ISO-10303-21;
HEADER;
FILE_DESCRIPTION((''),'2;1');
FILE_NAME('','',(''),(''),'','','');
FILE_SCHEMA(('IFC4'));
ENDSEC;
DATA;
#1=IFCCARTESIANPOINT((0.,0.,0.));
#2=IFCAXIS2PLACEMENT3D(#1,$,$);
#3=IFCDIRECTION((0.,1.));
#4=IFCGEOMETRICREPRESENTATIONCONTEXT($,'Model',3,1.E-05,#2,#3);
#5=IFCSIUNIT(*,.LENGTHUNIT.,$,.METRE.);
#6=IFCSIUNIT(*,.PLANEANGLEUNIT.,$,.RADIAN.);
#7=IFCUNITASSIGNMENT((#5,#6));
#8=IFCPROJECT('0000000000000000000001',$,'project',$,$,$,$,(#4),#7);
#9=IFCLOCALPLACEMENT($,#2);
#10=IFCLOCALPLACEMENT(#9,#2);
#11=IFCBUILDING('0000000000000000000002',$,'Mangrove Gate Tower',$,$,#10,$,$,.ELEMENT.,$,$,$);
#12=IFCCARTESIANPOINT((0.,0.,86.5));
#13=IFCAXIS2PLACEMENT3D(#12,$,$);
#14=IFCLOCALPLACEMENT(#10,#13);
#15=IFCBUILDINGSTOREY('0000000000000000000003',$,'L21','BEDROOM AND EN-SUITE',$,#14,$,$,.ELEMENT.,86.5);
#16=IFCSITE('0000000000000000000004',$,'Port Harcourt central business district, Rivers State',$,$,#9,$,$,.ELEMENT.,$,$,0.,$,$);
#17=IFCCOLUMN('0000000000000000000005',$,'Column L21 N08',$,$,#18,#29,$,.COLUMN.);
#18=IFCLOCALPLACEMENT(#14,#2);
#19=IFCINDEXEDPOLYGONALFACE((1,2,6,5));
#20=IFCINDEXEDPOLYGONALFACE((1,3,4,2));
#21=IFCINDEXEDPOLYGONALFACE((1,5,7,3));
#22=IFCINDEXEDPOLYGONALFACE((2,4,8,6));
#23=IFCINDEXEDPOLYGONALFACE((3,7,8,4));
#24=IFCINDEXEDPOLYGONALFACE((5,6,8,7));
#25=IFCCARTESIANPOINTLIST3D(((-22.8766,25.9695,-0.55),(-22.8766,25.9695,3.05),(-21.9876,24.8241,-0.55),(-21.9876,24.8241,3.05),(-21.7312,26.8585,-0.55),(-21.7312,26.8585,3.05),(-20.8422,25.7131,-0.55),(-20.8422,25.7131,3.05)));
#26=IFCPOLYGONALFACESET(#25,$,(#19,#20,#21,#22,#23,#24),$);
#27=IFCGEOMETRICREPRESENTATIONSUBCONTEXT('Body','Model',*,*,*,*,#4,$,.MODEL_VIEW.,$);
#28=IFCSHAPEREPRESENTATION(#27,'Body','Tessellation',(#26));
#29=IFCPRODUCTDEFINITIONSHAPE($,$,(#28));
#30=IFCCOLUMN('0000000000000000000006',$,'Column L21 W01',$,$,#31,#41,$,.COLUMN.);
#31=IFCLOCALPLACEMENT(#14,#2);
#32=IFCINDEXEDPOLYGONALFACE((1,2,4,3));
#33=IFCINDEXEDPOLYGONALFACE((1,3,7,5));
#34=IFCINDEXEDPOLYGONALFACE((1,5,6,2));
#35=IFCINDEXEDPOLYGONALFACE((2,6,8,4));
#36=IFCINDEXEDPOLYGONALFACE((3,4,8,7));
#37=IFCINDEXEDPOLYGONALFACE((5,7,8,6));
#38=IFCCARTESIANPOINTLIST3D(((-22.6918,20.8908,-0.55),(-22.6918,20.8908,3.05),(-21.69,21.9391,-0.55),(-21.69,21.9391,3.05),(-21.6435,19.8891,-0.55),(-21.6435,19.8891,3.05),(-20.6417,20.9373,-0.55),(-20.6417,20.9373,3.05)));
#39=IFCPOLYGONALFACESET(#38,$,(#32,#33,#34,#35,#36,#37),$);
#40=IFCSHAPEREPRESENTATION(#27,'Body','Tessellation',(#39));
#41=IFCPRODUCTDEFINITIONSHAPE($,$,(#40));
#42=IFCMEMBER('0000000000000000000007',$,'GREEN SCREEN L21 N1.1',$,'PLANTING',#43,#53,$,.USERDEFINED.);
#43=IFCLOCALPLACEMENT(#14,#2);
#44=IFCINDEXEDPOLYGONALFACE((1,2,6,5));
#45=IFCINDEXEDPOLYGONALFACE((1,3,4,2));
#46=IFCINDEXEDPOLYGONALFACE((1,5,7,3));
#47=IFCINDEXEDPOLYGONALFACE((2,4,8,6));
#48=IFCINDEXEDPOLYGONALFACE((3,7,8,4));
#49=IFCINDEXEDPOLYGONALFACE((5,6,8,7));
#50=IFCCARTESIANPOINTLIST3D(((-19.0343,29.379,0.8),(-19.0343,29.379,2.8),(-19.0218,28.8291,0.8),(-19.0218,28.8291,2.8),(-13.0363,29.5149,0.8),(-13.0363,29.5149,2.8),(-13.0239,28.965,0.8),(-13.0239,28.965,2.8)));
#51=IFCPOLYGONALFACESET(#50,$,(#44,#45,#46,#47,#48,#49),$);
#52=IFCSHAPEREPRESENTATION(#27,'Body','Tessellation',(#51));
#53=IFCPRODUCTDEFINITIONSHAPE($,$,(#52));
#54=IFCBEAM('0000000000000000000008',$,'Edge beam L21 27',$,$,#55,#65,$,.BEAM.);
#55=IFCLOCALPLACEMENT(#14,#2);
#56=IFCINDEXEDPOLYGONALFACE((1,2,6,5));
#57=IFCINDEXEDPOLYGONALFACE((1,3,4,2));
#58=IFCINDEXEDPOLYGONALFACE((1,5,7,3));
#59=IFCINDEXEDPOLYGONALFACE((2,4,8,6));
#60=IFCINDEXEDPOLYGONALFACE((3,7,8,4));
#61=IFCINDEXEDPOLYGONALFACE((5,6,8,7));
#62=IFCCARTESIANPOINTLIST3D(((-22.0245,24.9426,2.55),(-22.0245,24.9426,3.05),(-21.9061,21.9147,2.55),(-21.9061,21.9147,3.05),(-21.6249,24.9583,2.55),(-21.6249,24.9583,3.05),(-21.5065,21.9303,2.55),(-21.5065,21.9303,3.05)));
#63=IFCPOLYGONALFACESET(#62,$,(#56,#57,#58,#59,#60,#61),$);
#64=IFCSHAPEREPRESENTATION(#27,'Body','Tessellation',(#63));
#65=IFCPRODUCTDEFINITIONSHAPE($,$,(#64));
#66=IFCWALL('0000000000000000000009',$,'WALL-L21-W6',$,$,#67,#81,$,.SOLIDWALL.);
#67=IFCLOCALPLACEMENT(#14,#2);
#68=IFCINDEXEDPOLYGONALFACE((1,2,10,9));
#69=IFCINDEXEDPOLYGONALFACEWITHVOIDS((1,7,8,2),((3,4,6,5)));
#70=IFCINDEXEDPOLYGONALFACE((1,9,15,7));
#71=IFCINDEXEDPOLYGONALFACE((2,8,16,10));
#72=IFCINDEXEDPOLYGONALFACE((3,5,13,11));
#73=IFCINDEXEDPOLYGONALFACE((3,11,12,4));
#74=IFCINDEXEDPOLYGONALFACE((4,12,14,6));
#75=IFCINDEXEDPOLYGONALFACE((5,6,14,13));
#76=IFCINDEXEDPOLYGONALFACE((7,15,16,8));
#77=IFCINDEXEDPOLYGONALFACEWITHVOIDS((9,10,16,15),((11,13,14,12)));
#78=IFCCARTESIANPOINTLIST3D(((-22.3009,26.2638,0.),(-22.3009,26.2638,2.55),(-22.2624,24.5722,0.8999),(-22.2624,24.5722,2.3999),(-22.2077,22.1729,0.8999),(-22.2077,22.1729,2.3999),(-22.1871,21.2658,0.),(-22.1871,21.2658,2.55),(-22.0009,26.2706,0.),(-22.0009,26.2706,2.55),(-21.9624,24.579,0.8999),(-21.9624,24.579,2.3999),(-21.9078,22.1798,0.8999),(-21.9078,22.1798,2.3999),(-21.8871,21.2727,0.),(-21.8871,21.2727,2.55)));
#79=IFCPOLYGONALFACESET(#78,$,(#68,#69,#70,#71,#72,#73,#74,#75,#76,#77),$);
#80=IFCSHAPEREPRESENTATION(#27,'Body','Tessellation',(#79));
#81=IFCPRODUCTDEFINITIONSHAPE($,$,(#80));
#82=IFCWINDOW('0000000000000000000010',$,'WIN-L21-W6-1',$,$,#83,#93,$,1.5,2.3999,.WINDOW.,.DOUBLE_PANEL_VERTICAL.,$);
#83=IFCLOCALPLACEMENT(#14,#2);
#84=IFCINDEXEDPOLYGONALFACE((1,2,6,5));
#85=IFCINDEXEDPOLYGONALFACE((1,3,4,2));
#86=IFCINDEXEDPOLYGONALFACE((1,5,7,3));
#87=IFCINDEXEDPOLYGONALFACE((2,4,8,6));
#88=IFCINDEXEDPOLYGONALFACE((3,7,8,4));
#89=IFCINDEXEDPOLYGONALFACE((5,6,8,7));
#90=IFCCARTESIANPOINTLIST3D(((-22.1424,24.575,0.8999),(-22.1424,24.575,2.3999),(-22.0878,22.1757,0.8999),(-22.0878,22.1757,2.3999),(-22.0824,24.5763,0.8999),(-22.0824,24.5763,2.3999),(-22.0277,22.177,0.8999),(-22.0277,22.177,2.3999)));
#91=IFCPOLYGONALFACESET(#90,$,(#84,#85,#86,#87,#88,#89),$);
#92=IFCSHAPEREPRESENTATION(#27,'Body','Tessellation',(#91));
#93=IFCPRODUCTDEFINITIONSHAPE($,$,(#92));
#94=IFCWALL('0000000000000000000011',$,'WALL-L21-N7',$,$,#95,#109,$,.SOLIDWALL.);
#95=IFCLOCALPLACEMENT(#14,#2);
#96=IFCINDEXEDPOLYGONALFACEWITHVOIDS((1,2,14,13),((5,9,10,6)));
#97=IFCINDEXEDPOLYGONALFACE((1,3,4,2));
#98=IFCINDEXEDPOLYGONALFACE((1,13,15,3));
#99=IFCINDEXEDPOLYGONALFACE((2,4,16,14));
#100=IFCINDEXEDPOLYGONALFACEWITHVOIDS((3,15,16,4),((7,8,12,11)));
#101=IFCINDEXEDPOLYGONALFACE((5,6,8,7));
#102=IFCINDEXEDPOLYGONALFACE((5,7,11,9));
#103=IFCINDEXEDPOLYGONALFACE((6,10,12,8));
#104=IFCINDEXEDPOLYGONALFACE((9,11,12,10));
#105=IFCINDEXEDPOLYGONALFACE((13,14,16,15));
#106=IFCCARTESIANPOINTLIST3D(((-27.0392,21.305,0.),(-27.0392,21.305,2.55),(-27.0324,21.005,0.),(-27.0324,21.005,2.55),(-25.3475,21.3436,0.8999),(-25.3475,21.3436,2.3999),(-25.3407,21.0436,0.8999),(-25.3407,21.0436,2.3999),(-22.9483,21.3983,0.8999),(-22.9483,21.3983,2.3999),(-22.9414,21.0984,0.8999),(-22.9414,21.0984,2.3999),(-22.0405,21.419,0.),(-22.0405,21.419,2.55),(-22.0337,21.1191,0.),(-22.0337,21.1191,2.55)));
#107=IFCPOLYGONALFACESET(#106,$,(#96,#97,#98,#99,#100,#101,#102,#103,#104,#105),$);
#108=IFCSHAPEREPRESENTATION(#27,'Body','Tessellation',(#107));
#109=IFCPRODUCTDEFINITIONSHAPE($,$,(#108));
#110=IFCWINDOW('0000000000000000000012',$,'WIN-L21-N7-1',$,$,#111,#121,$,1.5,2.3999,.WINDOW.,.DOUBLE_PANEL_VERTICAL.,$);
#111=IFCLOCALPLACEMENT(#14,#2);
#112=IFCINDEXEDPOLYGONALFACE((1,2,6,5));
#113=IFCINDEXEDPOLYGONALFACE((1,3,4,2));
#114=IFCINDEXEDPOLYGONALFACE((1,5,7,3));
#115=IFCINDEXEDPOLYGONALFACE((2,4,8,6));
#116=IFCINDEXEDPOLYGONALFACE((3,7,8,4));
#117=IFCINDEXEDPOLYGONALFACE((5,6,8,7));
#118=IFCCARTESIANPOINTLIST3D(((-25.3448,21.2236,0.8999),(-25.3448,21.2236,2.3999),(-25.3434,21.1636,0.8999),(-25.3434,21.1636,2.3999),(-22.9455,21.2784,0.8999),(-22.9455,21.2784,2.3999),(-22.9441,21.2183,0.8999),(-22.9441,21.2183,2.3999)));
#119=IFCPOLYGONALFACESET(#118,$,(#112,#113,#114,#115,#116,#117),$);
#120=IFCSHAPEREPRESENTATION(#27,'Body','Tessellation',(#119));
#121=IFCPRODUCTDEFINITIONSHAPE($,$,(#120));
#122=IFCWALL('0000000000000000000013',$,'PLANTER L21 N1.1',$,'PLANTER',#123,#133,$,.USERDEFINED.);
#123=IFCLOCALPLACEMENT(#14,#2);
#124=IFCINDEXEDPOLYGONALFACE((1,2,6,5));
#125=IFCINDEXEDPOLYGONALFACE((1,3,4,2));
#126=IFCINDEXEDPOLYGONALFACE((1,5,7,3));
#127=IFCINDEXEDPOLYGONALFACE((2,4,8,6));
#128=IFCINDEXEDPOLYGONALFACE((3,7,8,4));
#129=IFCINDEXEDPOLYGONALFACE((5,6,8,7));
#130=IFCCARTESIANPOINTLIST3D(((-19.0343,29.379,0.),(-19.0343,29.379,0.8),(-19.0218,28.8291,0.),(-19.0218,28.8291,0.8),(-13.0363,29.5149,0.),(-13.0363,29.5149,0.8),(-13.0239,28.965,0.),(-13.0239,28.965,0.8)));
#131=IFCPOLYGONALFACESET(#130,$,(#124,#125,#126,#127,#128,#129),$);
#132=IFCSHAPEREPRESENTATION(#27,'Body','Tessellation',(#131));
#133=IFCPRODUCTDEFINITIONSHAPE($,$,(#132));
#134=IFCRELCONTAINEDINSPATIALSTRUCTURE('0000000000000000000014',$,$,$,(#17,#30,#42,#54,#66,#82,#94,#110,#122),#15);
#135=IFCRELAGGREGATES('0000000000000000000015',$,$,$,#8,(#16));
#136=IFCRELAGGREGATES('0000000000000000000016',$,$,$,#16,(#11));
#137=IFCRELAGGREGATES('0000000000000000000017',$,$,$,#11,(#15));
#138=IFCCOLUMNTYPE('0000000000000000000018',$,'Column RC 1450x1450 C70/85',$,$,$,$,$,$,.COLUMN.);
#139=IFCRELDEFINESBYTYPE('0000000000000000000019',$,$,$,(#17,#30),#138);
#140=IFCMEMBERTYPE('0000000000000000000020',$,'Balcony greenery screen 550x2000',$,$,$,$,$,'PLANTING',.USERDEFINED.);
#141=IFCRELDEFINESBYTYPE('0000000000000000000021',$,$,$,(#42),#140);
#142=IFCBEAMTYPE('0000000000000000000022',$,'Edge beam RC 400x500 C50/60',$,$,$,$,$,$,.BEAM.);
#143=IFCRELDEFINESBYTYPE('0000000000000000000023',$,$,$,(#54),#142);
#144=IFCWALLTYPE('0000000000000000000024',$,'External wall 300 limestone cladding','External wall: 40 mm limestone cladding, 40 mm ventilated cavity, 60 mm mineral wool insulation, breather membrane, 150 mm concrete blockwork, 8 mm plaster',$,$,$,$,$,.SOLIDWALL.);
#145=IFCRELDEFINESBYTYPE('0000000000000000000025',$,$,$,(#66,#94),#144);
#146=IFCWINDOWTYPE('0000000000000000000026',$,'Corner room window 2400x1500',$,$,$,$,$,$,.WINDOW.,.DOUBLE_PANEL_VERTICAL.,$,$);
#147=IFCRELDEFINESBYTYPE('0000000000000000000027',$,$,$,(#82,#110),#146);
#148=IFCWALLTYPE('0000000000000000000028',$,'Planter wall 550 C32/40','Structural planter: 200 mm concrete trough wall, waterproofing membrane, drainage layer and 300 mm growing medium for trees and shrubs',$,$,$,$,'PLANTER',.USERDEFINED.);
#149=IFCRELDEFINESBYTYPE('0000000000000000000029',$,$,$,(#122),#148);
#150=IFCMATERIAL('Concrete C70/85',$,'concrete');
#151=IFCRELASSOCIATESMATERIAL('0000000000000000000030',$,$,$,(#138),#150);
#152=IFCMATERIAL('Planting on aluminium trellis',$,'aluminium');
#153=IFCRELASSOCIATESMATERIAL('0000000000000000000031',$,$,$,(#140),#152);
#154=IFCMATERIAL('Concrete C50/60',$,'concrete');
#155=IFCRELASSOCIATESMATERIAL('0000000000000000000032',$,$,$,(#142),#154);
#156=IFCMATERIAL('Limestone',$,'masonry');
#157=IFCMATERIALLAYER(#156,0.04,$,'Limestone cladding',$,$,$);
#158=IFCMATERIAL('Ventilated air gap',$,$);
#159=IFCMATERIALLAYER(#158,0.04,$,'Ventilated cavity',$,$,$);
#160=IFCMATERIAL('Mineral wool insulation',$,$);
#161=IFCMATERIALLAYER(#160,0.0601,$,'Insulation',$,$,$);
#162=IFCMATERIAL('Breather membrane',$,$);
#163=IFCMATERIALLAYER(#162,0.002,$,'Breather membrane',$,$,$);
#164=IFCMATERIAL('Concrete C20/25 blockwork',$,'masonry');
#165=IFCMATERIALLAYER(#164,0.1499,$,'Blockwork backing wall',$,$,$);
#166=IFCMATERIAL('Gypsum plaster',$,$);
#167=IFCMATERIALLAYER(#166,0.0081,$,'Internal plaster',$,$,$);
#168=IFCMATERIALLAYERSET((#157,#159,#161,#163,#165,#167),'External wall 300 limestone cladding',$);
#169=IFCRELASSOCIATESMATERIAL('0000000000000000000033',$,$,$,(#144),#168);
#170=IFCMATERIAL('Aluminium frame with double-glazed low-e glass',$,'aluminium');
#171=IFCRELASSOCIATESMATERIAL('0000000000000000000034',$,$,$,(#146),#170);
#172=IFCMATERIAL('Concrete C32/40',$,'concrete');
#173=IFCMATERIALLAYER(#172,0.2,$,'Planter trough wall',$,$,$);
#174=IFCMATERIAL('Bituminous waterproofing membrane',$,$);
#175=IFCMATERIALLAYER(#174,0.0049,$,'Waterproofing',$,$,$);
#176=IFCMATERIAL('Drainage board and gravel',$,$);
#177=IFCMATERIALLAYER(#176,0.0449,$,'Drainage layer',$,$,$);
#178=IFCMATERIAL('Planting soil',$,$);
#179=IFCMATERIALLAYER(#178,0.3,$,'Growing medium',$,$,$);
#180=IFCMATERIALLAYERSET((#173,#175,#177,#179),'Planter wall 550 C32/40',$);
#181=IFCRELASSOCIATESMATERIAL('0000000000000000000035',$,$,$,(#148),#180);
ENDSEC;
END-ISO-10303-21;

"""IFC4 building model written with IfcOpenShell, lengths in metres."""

from ifc_helpers import new_model, si_unit, direction, frame, frame_2d, origin, origin_2d, place, context, subcontext, project, spatial, rectangle, extrude, material, layer, layer_set, material_profile, profile_set, type_object, element, fill, save


model = new_model("IFC4")

# Units and contexts
model_context = context("Model", 3, precision=1e-05, world=origin(), true_north=direction((0.0, 1.0)))
body_context = subcontext(model_context, "Body", "Model", "MODEL_VIEW")
ifc_project = project(units=[si_unit("LENGTHUNIT", "METRE"), si_unit("PLANEANGLEUNIT", "RADIAN")], contexts=[model_context])

# Site, building, storey
site_placement = place(None, origin())
site = spatial("IfcSite", under=ifc_project, at=site_placement, Name="Port Harcourt central business district, Rivers State", CompositionType="ELEMENT", RefElevation=0.0)
building_placement = place(site_placement, origin())
building = spatial("IfcBuilding", under=site, at=building_placement, Name="Mangrove Gate Tower", CompositionType="ELEMENT")
storey_placement = place(building_placement, frame((0.0, 0.0, 86.5)))
storey = spatial("IfcBuildingStorey", under=building, at=storey_placement, Name="L21", Description="BEDROOM AND EN-SUITE", CompositionType="ELEMENT", Elevation=86.5)

# Columns
ifc_material_1 = material(Name="Concrete C70/85", Category="concrete")
ifc_material_profile_1 = material_profile(ifc_material_1, rectangle(XDim=1.45, YDim=1.45, at=origin_2d()))
ifc_profile_set_1 = profile_set([ifc_material_profile_1], Name="Concrete C70/85")
column_type = type_object("IfcColumnType", Name="Column RC 1450x1450 C70/85", PredefinedType="COLUMN", material=ifc_profile_set_1)
for number, where, z_axis, x_axis, name in (
    (1, (-21.8594, 25.8413, -0.55), (0.0, 0.0, 1.0), (-0.78998, -0.613133, 0.0), "Column L21 N08"),
    (2, (-21.6667, 20.9141, -0.55), (0.0, 0.0, 1.0), (-0.690873, -0.722977, 0.0), "Column L21 W01"),
):
    element("IfcColumn", number, at=place(storey_placement, frame(where, z_axis=z_axis, x_axis=x_axis)), inside=storey, type_object=column_type, Name=name, PredefinedType="COLUMN", context=body_context, shape_type="SweptSolid", body=[
        extrude(rectangle(XDim=1.45, YDim=1.45, at=origin_2d()), origin(), (0.0, 0.0, 1.0), 3.6001),
    ])

# Member
ifc_material_2 = material(Name="Planting on aluminium trellis", Category="aluminium")
ifc_material_profile_2 = material_profile(ifc_material_2, rectangle(XDim=0.55, YDim=2.0, at=origin_2d()))
ifc_profile_set_2 = profile_set([ifc_material_profile_2], Name="Planting on aluminium trellis")
member_type = type_object("IfcMemberType", Name="Balcony greenery screen 550x2000", ElementType="PLANTING", PredefinedType="USERDEFINED", material=ifc_profile_set_2)
member_placement = place(storey_placement, frame((-19.0281, 29.104, 1.8), z_axis=(0.999743, 0.022666, 0.0), x_axis=(-0.022666, 0.999743, 0.0)))
element("IfcMember", 3, at=member_placement, inside=storey, type_object=member_type, Name="GREEN SCREEN L21 N1.1", ObjectType="PLANTING", PredefinedType="USERDEFINED", context=body_context, shape_type="SweptSolid", body=[
    extrude(rectangle(XDim=0.55, YDim=2.0, at=origin_2d()), origin(), (0.0, 0.0, 1.0), 5.9995),
])

# Beam
ifc_material_3 = material(Name="Concrete C50/60", Category="concrete")
ifc_material_profile_3 = material_profile(ifc_material_3, rectangle(XDim=0.3999, YDim=0.5, at=origin_2d()))
ifc_profile_set_3 = profile_set([ifc_material_profile_3], Name="Concrete C50/60")
beam_type = type_object("IfcBeamType", Name="Edge beam RC 400x500 C50/60", PredefinedType="BEAM", material=ifc_profile_set_3)
beam_placement = place(storey_placement, frame((-21.8247, 24.9504, 2.8), z_axis=(0.039074, -0.999236, 0.0), x_axis=(0.999236, 0.039074, 0.0)))
element("IfcBeam", 4, at=beam_placement, inside=storey, type_object=beam_type, Name="Edge beam L21 27", PredefinedType="BEAM", context=body_context, shape_type="SweptSolid", body=[
    extrude(rectangle(XDim=0.3999, YDim=0.5, at=origin_2d()), origin(), (0.0, 0.0, 1.0), 3.0303),
])

# Walls, openings, windows
ifc_material_4 = material(Name="Limestone", Category="masonry")
ifc_layer_1 = layer(ifc_material_4, 0.04, Name="Limestone cladding")
ifc_material_5 = material(Name="Ventilated air gap")
ifc_layer_2 = layer(ifc_material_5, 0.04, Name="Ventilated cavity")
ifc_material_6 = material(Name="Mineral wool insulation")
ifc_layer_3 = layer(ifc_material_6, 0.0601, Name="Insulation")
ifc_material_7 = material(Name="Breather membrane")
ifc_layer_4 = layer(ifc_material_7, 0.002, Name="Breather membrane")
ifc_material_8 = material(Name="Concrete C20/25 blockwork", Category="masonry")
ifc_layer_5 = layer(ifc_material_8, 0.1499, Name="Blockwork backing wall")
ifc_material_9 = material(Name="Gypsum plaster")
ifc_layer_6 = layer(ifc_material_9, 0.0081, Name="Internal plaster")
ifc_layer_set_1 = layer_set([ifc_layer_1, ifc_layer_2, ifc_layer_3, ifc_layer_4, ifc_layer_5, ifc_layer_6], Name="External wall 300 limestone cladding")
wall_type_1 = type_object("IfcWallType", Name="External wall 300 limestone cladding", Description="External wall: 40 mm limestone cladding, 40 mm ventilated cavity, 60 mm mineral wool insulation, breather membrane, 150 mm concrete blockwork, 8 mm plaster", PredefinedType="SOLIDWALL", material=ifc_layer_set_1)
wall_1_placement = place(storey_placement, frame((-22.1509, 26.2671, 0.0), z_axis=(0.0, 0.0, 1.0), x_axis=(0.022757, -0.999741, 0.0)))
wall_1 = element("IfcWall", 5, at=wall_1_placement, inside=storey, type_object=wall_type_1, Name="WALL-L21-W6", PredefinedType="SOLIDWALL", context=body_context, shape_type="SweptSolid", body=[
    extrude(rectangle(XDim=4.9993, YDim=0.3, at=frame_2d((2.4995, 0.0))), origin(), (0.0, 0.0, 1.0), 2.55),
])
opening_1_placement = place(wall_1_placement, frame((1.6919, 0.0, 0.8999)))
opening_1 = element("IfcOpeningElement", 6, at=opening_1_placement, cuts=wall_1, PredefinedType="OPENING", context=body_context, shape_type="SweptSolid", body=[
    extrude(rectangle(XDim=2.3999, YDim=1.5, at=frame_2d((1.2, 0.75))), frame((0.0, 0.1599, 0.0), z_axis=(0.0, -1.0, 0.0), x_axis=(1.0, 0.0, 0.0)), (0.0, 0.0, 1.0), 0.3201),
])
ifc_material_10 = material(Name="Aluminium frame with double-glazed low-e glass", Category="aluminium")
window_type = type_object("IfcWindowType", Name="Corner room window 2400x1500", PartitioningType="DOUBLE_PANEL_VERTICAL", PredefinedType="WINDOW", material=ifc_material_10)
window_1_placement = place(opening_1_placement, origin())
window_1 = element("IfcWindow", 7, at=window_1_placement, inside=storey, type_object=window_type, Name="WIN-L21-W6-1", OverallHeight=1.5, OverallWidth=2.3999, PartitioningType="DOUBLE_PANEL_VERTICAL", PredefinedType="WINDOW", context=body_context, shape_type="SweptSolid", body=[
    extrude(rectangle(XDim=2.3999, YDim=1.5, at=frame_2d((1.2, 0.75))), frame((0.0, 0.03, 0.0), z_axis=(0.0, -1.0, 0.0), x_axis=(1.0, 0.0, 0.0)), (0.0, 0.0, 1.0), 0.0601),
])
fill(opening_1, window_1)
wall_2_placement = place(storey_placement, frame((-22.0371, 21.269, 0.0), z_axis=(0.0, 0.0, 1.0), x_axis=(-0.99974, -0.022802, 0.0)))
wall_2 = element("IfcWall", 8, at=wall_2_placement, inside=storey, type_object=wall_type_1, Name="WALL-L21-N7", PredefinedType="SOLIDWALL", context=body_context, shape_type="SweptSolid", body=[
    extrude(rectangle(XDim=5.0, YDim=0.3, at=frame_2d((2.5, 0.0))), origin(), (0.0, 0.0, 1.0), 2.55),
])
opening_2_placement = place(wall_2_placement, frame((0.908, 0.0, 0.8999)))
opening_2 = element("IfcOpeningElement", 9, at=opening_2_placement, cuts=wall_2, PredefinedType="OPENING", context=body_context, shape_type="SweptSolid", body=[
    extrude(rectangle(XDim=2.3999, YDim=1.5, at=frame_2d((1.2, 0.75))), frame((0.0, 0.1599, 0.0), z_axis=(0.0, -1.0, 0.0), x_axis=(1.0, 0.0, 0.0)), (0.0, 0.0, 1.0), 0.3201),
])
window_2_placement = place(opening_2_placement, origin())
window_2 = element("IfcWindow", 10, at=window_2_placement, inside=storey, type_object=window_type, Name="WIN-L21-N7-1", OverallHeight=1.5, OverallWidth=2.3999, PartitioningType="DOUBLE_PANEL_VERTICAL", PredefinedType="WINDOW", context=body_context, shape_type="SweptSolid", body=[
    extrude(rectangle(XDim=2.3999, YDim=1.5, at=frame_2d((1.2, 0.75))), frame((0.0, 0.03, 0.0), z_axis=(0.0, -1.0, 0.0), x_axis=(1.0, 0.0, 0.0)), (0.0, 0.0, 1.0), 0.0601),
])
fill(opening_2, window_2)

# Wall
ifc_material_11 = material(Name="Concrete C32/40", Category="concrete")
ifc_layer_7 = layer(ifc_material_11, 0.2, Name="Planter trough wall")
ifc_material_12 = material(Name="Bituminous waterproofing membrane")
ifc_layer_8 = layer(ifc_material_12, 0.0049, Name="Waterproofing")
ifc_material_13 = material(Name="Drainage board and gravel")
ifc_layer_9 = layer(ifc_material_13, 0.0449, Name="Drainage layer")
ifc_material_14 = material(Name="Planting soil")
ifc_layer_10 = layer(ifc_material_14, 0.3, Name="Growing medium")
ifc_layer_set_2 = layer_set([ifc_layer_7, ifc_layer_8, ifc_layer_9, ifc_layer_10], Name="Planter wall 550 C32/40")
wall_type_2 = type_object("IfcWallType", Name="Planter wall 550 C32/40", Description="Structural planter: 200 mm concrete trough wall, waterproofing membrane, drainage layer and 300 mm growing medium for trees and shrubs", ElementType="PLANTER", PredefinedType="USERDEFINED", material=ifc_layer_set_2)
wall_3_placement = place(storey_placement, frame((-19.0281, 29.104, 0.0), z_axis=(0.0, 0.0, 1.0), x_axis=(0.999743, 0.022666, 0.0)))
element("IfcWall", 11, at=wall_3_placement, inside=storey, type_object=wall_type_2, Name="PLANTER L21 N1.1", ObjectType="PLANTER", PredefinedType="USERDEFINED", context=body_context, shape_type="SweptSolid", body=[
    extrude(rectangle(XDim=5.9995, YDim=0.55, at=frame_2d((2.9998, 0.0))), origin(), (0.0, 0.0, 1.0), 0.8),
])

save(model, "model.ifc")
